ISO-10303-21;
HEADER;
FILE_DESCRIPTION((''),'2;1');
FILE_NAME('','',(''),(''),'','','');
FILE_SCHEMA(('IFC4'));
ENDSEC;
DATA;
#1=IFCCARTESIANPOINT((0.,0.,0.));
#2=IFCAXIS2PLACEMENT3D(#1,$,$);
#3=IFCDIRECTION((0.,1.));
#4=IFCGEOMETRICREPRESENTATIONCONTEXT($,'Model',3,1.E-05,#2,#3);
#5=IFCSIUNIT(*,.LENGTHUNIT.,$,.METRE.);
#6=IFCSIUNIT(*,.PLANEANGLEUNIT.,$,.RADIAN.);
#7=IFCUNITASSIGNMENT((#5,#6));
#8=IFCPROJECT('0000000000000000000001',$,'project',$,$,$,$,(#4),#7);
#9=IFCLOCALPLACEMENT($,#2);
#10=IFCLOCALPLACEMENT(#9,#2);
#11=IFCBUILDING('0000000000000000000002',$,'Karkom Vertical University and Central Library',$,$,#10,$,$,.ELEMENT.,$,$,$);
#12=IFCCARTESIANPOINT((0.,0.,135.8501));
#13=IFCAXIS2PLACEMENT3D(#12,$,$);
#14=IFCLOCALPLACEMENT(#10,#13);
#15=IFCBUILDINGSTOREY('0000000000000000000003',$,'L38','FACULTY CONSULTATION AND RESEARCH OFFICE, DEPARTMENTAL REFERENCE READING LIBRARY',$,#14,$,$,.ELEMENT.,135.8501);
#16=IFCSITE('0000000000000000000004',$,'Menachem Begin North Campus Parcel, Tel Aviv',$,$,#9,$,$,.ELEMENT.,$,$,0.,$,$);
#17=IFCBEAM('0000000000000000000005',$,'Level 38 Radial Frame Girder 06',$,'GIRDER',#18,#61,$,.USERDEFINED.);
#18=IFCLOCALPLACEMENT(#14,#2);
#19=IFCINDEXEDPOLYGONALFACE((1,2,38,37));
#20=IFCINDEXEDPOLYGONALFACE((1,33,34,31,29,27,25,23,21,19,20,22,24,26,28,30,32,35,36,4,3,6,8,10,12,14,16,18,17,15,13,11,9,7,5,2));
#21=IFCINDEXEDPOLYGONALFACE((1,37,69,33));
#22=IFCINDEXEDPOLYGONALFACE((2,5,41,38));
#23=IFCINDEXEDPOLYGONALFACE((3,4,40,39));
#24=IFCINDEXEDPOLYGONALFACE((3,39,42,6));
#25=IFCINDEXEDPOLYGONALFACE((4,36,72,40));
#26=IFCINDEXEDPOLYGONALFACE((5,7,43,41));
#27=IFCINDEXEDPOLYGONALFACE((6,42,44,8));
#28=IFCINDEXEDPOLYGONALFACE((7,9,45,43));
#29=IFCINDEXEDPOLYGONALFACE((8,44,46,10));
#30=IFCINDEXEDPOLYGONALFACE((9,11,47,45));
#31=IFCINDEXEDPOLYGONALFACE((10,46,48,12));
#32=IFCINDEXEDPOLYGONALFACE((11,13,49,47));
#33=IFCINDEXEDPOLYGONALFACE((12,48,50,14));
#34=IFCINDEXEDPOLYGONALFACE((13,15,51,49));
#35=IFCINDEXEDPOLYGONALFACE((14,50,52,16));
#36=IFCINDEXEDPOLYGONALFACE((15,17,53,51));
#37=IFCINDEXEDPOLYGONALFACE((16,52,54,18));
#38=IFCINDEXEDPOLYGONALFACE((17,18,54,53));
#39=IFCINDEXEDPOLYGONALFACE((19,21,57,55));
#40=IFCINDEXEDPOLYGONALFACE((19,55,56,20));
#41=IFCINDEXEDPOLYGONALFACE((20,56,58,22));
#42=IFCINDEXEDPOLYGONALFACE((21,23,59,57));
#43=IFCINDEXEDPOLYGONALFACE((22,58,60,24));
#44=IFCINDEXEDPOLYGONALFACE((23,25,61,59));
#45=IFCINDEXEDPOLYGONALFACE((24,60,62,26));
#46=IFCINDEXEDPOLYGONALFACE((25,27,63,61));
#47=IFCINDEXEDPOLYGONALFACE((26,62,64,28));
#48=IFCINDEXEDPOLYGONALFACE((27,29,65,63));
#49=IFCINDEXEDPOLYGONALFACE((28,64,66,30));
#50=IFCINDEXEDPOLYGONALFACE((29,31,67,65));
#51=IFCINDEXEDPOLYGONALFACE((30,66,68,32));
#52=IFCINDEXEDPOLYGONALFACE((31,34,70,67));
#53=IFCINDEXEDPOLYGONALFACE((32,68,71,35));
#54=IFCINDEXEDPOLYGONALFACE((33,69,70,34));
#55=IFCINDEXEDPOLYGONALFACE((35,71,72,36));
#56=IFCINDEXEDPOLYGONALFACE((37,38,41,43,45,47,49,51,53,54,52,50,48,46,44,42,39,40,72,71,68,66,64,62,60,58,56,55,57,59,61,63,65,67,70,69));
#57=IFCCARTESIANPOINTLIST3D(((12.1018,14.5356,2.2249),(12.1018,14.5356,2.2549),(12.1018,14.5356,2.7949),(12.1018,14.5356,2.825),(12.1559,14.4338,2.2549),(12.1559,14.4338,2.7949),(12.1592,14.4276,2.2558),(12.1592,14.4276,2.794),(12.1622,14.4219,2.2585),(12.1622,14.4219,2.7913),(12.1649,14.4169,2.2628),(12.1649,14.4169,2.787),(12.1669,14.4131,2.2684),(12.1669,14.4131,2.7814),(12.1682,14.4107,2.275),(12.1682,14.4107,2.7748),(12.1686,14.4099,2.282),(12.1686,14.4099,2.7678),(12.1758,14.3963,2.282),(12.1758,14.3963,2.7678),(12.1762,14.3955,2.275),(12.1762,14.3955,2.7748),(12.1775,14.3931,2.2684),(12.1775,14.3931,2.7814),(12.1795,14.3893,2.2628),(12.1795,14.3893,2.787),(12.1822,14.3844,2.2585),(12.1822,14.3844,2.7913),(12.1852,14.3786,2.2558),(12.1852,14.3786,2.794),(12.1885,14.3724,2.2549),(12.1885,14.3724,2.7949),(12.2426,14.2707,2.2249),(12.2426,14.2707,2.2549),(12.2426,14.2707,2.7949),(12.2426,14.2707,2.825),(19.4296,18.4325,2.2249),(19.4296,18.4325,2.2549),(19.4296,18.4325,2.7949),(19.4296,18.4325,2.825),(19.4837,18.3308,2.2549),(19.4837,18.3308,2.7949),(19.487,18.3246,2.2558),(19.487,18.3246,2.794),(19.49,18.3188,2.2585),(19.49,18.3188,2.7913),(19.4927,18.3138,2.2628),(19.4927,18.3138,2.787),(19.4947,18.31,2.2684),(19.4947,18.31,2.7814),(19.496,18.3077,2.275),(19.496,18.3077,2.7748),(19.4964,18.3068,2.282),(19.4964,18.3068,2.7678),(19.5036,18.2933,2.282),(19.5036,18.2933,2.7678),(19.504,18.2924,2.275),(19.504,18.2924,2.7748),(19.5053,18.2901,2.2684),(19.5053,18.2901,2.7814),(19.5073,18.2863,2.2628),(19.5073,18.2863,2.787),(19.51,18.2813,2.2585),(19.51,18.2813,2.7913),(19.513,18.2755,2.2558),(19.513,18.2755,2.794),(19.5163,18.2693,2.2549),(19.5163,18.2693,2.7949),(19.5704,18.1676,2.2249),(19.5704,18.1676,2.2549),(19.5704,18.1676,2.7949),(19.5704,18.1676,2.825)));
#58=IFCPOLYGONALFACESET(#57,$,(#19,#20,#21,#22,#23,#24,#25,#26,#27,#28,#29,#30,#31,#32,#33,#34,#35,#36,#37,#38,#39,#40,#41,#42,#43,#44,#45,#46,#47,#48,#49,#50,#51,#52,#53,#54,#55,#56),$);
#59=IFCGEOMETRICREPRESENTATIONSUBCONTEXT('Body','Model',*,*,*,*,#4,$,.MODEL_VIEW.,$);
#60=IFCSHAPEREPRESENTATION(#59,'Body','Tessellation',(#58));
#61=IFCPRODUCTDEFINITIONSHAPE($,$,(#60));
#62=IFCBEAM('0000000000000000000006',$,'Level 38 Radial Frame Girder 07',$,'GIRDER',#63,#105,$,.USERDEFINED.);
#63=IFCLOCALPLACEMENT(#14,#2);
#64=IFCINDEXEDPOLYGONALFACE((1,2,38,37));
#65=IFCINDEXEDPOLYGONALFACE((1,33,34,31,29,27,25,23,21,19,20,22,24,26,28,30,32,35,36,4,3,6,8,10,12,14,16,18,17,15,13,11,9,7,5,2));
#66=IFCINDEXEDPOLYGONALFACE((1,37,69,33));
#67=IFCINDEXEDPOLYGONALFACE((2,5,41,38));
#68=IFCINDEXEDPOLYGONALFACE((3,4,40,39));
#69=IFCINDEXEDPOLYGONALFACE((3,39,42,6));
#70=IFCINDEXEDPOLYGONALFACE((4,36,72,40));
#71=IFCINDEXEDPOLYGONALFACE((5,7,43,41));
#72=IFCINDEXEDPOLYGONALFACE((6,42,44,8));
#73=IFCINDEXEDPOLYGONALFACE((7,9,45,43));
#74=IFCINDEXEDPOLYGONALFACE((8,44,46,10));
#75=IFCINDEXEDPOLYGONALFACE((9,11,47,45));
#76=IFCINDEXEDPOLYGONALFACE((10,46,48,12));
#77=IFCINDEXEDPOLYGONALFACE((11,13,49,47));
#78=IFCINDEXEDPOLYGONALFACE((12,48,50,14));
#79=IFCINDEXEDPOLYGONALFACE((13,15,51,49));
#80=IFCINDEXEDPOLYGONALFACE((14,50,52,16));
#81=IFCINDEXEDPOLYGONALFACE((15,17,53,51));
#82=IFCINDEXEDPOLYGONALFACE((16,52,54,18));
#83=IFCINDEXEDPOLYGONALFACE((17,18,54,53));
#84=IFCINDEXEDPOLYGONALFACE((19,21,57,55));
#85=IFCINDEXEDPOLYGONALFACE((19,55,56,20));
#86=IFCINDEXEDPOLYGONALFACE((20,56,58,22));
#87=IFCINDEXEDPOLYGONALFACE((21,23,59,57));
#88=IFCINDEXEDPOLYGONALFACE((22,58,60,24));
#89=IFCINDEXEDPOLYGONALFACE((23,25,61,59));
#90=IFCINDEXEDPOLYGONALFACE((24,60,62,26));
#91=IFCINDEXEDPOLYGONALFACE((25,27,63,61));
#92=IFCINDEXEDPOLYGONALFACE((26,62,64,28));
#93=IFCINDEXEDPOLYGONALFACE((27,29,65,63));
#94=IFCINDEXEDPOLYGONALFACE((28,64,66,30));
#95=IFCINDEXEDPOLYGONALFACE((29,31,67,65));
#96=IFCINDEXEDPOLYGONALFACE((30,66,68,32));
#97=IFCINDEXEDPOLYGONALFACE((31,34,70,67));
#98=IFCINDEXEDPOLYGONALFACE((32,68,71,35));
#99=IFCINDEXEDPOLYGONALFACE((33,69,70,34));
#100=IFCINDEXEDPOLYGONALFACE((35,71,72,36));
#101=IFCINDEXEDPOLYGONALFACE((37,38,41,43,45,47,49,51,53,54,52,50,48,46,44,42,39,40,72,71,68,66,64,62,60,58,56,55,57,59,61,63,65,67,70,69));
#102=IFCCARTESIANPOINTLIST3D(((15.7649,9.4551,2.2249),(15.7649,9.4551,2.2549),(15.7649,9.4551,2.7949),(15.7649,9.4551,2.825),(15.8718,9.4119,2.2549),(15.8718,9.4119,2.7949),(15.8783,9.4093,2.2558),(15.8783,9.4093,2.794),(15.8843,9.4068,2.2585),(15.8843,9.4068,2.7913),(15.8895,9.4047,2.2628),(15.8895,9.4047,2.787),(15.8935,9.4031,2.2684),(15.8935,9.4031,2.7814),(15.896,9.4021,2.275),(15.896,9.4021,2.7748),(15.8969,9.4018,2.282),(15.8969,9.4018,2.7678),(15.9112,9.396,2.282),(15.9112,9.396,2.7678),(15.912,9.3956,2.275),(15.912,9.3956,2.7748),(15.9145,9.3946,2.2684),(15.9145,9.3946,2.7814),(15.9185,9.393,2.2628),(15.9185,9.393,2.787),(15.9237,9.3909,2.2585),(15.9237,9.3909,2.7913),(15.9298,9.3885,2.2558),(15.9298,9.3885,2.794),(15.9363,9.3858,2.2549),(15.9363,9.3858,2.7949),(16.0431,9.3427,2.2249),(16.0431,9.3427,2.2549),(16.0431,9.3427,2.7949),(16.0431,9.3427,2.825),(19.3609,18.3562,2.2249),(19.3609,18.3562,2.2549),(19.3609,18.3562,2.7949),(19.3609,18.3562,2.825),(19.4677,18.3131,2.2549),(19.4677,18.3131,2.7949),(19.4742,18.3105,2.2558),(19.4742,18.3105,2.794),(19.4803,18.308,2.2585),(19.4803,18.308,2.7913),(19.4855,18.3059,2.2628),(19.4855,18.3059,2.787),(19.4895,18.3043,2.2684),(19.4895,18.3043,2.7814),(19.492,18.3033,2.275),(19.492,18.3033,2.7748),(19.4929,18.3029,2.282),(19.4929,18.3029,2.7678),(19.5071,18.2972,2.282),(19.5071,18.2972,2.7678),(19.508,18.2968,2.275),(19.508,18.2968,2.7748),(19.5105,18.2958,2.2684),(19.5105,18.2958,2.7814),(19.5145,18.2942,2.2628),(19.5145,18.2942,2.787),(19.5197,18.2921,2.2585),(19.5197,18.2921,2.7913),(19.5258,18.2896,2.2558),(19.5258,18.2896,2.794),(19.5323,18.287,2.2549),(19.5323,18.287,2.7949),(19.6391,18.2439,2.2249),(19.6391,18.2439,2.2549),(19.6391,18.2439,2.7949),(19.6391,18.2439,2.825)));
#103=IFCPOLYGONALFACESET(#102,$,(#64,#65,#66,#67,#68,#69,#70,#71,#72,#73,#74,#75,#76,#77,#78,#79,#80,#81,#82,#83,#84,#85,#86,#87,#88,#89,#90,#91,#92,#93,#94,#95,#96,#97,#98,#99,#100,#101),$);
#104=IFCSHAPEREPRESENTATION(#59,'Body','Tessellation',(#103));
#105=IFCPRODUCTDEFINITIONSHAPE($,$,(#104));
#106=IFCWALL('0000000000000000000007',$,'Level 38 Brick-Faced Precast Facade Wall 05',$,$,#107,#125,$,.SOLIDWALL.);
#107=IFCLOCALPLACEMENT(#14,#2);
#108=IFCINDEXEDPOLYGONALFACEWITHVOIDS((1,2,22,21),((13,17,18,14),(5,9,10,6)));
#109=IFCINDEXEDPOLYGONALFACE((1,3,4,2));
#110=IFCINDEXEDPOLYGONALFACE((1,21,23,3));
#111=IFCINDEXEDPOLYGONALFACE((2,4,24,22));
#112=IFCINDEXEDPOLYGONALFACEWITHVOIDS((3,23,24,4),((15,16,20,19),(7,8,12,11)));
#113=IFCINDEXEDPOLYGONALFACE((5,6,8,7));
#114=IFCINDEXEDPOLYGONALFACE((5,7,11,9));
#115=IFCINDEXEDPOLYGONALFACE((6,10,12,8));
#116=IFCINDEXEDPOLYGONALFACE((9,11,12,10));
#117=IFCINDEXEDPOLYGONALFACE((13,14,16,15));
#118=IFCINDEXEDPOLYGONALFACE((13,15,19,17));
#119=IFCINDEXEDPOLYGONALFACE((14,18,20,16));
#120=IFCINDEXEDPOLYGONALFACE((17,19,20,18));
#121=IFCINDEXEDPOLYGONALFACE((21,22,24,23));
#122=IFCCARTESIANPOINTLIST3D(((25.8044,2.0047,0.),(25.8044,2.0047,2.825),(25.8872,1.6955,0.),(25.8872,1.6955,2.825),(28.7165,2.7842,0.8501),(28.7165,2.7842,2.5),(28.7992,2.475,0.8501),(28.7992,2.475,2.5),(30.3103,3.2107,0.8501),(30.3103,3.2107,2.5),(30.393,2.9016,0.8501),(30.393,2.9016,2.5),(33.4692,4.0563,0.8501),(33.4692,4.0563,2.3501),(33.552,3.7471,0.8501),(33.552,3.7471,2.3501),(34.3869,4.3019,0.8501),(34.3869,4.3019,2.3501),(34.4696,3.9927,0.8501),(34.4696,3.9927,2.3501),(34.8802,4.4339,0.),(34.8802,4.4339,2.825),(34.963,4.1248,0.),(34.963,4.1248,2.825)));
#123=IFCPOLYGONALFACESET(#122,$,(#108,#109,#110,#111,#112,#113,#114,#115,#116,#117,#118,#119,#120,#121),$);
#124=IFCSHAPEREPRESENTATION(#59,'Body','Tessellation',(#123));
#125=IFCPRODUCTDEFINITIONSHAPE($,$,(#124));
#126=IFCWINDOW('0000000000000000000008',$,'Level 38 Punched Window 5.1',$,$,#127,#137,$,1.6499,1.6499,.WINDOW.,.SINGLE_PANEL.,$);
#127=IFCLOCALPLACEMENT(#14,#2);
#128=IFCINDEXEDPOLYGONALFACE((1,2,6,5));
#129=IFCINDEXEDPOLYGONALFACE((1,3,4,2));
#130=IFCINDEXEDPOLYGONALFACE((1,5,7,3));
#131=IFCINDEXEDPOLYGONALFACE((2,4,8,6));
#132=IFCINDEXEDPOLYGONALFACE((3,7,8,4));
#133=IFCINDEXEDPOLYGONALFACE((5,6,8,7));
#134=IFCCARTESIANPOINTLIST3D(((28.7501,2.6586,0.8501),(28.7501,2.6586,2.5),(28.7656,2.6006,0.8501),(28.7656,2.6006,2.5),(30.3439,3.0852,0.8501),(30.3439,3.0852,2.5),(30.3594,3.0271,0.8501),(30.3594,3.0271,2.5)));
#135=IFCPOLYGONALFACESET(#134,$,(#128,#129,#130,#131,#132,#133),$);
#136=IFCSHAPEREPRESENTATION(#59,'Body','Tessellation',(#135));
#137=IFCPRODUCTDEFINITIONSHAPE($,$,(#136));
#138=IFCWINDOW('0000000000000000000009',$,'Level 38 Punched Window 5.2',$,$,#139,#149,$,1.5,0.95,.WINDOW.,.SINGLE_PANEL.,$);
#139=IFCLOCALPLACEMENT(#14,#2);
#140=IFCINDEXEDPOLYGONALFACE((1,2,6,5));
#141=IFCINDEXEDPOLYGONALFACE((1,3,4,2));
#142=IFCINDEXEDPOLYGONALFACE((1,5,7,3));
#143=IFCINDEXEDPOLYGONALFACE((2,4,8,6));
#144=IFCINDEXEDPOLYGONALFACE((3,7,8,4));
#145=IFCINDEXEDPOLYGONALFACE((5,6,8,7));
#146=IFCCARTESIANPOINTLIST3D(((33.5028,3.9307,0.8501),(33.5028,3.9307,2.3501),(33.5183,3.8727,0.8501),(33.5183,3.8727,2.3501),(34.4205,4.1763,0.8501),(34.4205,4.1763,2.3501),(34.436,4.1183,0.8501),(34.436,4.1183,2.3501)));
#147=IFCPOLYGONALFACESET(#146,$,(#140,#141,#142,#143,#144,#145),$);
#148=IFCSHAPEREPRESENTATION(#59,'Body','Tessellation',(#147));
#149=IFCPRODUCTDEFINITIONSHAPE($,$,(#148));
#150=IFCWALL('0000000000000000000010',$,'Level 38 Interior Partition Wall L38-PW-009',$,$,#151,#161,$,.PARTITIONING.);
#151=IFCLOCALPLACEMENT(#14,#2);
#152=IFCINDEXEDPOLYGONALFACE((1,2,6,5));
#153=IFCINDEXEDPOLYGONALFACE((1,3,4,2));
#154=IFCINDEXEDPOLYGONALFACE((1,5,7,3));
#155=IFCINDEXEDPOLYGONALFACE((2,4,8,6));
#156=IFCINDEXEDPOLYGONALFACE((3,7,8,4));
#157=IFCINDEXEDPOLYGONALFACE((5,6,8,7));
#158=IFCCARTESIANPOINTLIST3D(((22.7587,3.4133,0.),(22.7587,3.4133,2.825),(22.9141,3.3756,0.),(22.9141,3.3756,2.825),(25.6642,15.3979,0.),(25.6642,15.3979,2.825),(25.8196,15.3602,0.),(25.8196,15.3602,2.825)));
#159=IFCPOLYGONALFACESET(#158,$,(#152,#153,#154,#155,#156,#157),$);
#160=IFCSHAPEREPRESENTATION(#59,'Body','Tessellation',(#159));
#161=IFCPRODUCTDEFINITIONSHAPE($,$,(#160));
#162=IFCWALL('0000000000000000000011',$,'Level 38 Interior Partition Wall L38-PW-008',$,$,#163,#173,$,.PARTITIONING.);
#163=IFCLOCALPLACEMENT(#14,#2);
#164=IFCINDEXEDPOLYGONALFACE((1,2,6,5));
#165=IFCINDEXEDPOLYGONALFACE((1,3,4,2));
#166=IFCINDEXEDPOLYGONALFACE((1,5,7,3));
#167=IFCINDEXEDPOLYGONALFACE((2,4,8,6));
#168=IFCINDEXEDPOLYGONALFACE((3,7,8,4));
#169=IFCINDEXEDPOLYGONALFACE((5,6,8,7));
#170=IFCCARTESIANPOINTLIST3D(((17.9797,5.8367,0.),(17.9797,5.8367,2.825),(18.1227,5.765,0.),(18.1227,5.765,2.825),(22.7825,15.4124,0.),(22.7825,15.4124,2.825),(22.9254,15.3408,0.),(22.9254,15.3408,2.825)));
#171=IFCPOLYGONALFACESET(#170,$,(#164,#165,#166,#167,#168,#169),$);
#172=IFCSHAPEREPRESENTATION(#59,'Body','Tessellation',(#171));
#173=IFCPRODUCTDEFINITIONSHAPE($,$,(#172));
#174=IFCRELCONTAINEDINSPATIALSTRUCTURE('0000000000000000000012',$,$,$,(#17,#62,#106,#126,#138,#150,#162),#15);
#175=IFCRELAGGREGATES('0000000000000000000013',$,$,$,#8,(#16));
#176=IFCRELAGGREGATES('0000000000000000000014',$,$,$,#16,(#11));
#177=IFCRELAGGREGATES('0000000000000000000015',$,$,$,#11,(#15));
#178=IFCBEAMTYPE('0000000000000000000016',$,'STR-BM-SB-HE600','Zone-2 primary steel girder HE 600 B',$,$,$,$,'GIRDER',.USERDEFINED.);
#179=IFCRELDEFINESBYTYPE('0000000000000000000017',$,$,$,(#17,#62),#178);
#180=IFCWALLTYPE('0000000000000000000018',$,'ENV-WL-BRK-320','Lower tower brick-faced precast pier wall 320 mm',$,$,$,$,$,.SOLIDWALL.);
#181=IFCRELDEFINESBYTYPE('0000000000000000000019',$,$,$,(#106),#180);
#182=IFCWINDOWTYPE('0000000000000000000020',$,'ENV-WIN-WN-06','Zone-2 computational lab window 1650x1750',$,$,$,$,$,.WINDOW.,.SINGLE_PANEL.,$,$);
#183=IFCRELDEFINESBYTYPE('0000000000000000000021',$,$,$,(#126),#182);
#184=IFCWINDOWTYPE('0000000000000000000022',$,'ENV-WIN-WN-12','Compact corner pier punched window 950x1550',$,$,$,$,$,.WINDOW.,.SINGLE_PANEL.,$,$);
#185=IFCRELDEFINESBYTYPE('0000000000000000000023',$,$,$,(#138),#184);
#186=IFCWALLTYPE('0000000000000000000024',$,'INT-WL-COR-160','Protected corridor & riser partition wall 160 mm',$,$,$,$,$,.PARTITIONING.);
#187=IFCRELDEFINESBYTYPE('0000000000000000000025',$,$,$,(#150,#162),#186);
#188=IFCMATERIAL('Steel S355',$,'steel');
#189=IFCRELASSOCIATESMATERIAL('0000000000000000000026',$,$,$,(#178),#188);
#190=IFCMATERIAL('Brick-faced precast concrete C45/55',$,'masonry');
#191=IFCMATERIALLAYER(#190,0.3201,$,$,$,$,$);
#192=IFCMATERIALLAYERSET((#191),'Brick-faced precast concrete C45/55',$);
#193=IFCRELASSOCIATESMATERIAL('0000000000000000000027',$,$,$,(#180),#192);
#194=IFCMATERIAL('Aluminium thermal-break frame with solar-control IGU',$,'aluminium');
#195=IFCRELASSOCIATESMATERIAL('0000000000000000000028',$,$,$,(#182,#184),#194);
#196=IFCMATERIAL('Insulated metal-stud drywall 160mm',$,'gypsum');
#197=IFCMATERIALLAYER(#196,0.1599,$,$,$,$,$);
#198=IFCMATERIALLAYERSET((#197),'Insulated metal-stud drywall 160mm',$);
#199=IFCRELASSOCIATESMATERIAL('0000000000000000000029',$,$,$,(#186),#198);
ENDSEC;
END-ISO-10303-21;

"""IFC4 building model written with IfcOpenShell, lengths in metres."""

from ifc_helpers import new_model, si_unit, direction, frame, frame_2d, origin, origin_with_axes, origin_2d, place, context, subcontext, project, spatial, rectangle, i_section, extrude, source, transform, mapped, material, layer, layer_set, material_profile, profile_set, type_object, element, fill, save


model = new_model("IFC4")

# Units and contexts
model_context = context("Model", 3, precision=1e-05, world=origin(), true_north=direction((0.0, 1.0)))
body_context = subcontext(model_context, "Body", "Model", "MODEL_VIEW")
ifc_project = project(units=[si_unit("LENGTHUNIT", "METRE"), si_unit("PLANEANGLEUNIT", "RADIAN")], contexts=[model_context])

# Site, building, storey
site_placement = place(None, origin())
site = spatial("IfcSite", under=ifc_project, at=site_placement, Name="Menachem Begin North Campus Parcel, Tel Aviv", CompositionType="ELEMENT", RefElevation=0.0)
building_placement = place(site_placement, origin())
building = spatial("IfcBuilding", under=site, at=building_placement, Name="Karkom Vertical University and Central Library", CompositionType="ELEMENT")
storey_placement = place(building_placement, frame((0.0, 0.0, 135.8501)))
storey = spatial("IfcBuildingStorey", under=building, at=storey_placement, Name="L38", Description="FACULTY CONSULTATION AND RESEARCH OFFICE, DEPARTMENTAL REFERENCE READING LIBRARY", CompositionType="ELEMENT", Elevation=135.8501)

# Beams
ifc_material_1 = material(Name="Steel S355", Category="steel")
ifc_material_profile_1 = material_profile(ifc_material_1, i_section(OverallWidth=0.3, OverallDepth=0.6001, WebThickness=0.0154, FlangeThickness=0.03, FilletRadius=0.0271, at=origin_2d()), Name="HE 600 B")
ifc_profile_set_1 = profile_set([ifc_material_profile_1], Name="Steel S355")
beam_type_1 = type_object("IfcBeamType", Name="STR-BM-SB-HE600", Description="Zone-2 primary steel girder HE 600 B", ElementType="GIRDER", PredefinedType="USERDEFINED", material=ifc_profile_set_1)
shared_shape_1 = source(origin_with_axes(), body_context, "Body", "SweptSolid", [
    extrude(i_section(OverallWidth=0.3, OverallDepth=0.6001, WebThickness=0.0154, FlangeThickness=0.03, FilletRadius=0.0271, at=origin_2d()), origin(), (0.0, 0.0, 1.0), 8.2996),
])
beam_1_placement = place(storey_placement, frame((19.5, 18.3, 2.5249), z_axis=(-0.882914, -0.469534, 0.0), x_axis=(0.469534, -0.882914, 0.0)))
element("IfcBeam", 1, at=beam_1_placement, inside=storey, type_object=beam_type_1, Name="Level 38 Radial Frame Girder 06", ObjectType="GIRDER", PredefinedType="USERDEFINED", context=body_context, shape_type="MappedRepresentation", body=[
    mapped(shared_shape_1, transform((0.0, 0.0, 0.0), scale=1.0)),
])
shared_shape_2 = source(origin_with_axes(), body_context, "Body", "SweptSolid", [
    extrude(i_section(OverallWidth=0.3, OverallDepth=0.6001, WebThickness=0.0154, FlangeThickness=0.03, FilletRadius=0.0271, at=origin_2d()), origin(), (0.0, 0.0, 1.0), 9.6001),
])
beam_2_placement = place(storey_placement, frame((19.5, 18.3, 2.5249), z_axis=(-0.374576, -0.927196, 0.0), x_axis=(0.927196, -0.374576, 0.0)))
element("IfcBeam", 2, at=beam_2_placement, inside=storey, type_object=beam_type_1, Name="Level 38 Radial Frame Girder 07", ObjectType="GIRDER", PredefinedType="USERDEFINED", context=body_context, shape_type="MappedRepresentation", body=[
    mapped(shared_shape_2, transform((0.0, 0.0, 0.0), scale=1.0)),
])

# Wall, openings, windows
ifc_material_2 = material(Name="Brick-faced precast concrete C45/55", Category="masonry")
ifc_layer_1 = layer(ifc_material_2, 0.3201)
ifc_layer_set_1 = layer_set([ifc_layer_1], Name="Brick-faced precast concrete C45/55")
wall_type_1 = type_object("IfcWallType", Name="ENV-WL-BRK-320", Description="Lower tower brick-faced precast pier wall 320 mm", PredefinedType="SOLIDWALL", material=ifc_layer_set_1)
wall_1_placement = place(storey_placement, frame((25.8457, 1.8501, 0.0), z_axis=(0.0, 0.0, 1.0), x_axis=(0.965996, 0.258559, 0.0)))
wall_1 = element("IfcWall", 3, at=wall_1_placement, inside=storey, type_object=wall_type_1, Name="Level 38 Brick-Faced Precast Facade Wall 05", PredefinedType="SOLIDWALL", context=body_context, shape_type="SweptSolid", body=[
    extrude(rectangle(XDim=9.3953, YDim=0.3201, at=frame_2d((4.6978, 0.0))), origin(), (0.0, 0.0, 1.0), 2.825),
])
opening_1_placement = place(wall_1_placement, frame((3.0146, 0.0, 0.8501)))
opening_1 = element("IfcOpeningElement", 4, at=opening_1_placement, cuts=wall_1, PredefinedType="OPENING", context=body_context, shape_type="SweptSolid", body=[
    extrude(rectangle(XDim=1.6499, YDim=1.6499, at=frame_2d((0.825, 0.825))), frame((0.0, 0.1699, 0.0), z_axis=(0.0, -1.0, 0.0), x_axis=(1.0, 0.0, 0.0)), (0.0, 0.0, 1.0), 0.3401),
])
opening_2_placement = place(wall_1_placement, frame((7.9346, 0.0, 0.8501)))
opening_2 = element("IfcOpeningElement", 5, at=opening_2_placement, cuts=wall_1, PredefinedType="OPENING", context=body_context, shape_type="SweptSolid", body=[
    extrude(rectangle(XDim=0.95, YDim=1.5, at=frame_2d((0.4751, 0.75))), frame((0.0, 0.1699, 0.0), z_axis=(0.0, -1.0, 0.0), x_axis=(1.0, 0.0, 0.0)), (0.0, 0.0, 1.0), 0.3401),
])
ifc_material_3 = material(Name="Aluminium thermal-break frame with solar-control IGU", Category="aluminium")
window_type_1 = type_object("IfcWindowType", Name="ENV-WIN-WN-06", Description="Zone-2 computational lab window 1650x1750", PartitioningType="SINGLE_PANEL", PredefinedType="WINDOW", material=ifc_material_3)
shared_shape_3 = source(origin_with_axes(), body_context, "Body", "SweptSolid", [
    extrude(rectangle(XDim=1.6499, YDim=1.6499, at=frame_2d((0.825, 0.825))), frame((0.0, 0.03, 0.0), z_axis=(0.0, -1.0, 0.0), x_axis=(1.0, 0.0, 0.0)), (0.0, 0.0, 1.0), 0.0601),
])
window_1_placement = place(opening_1_placement, origin())
window_1 = element("IfcWindow", 6, at=window_1_placement, inside=storey, type_object=window_type_1, Name="Level 38 Punched Window 5.1", OverallHeight=1.6499, OverallWidth=1.6499, PartitioningType="SINGLE_PANEL", PredefinedType="WINDOW", context=body_context, shape_type="MappedRepresentation", body=[
    mapped(shared_shape_3, transform((0.0, 0.0, 0.0), scale=1.0)),
])
fill(opening_1, window_1)
window_type_2 = type_object("IfcWindowType", Name="ENV-WIN-WN-12", Description="Compact corner pier punched window 950x1550", PartitioningType="SINGLE_PANEL", PredefinedType="WINDOW", material=ifc_material_3)
shared_shape_4 = source(origin_with_axes(), body_context, "Body", "SweptSolid", [
    extrude(rectangle(XDim=0.95, YDim=1.5, at=frame_2d((0.4751, 0.75))), frame((0.0, 0.03, 0.0), z_axis=(0.0, -1.0, 0.0), x_axis=(1.0, 0.0, 0.0)), (0.0, 0.0, 1.0), 0.0601),
])
window_2_placement = place(opening_2_placement, origin())
window_2 = element("IfcWindow", 7, at=window_2_placement, inside=storey, type_object=window_type_2, Name="Level 38 Punched Window 5.2", OverallHeight=1.5, OverallWidth=0.95, PartitioningType="SINGLE_PANEL", PredefinedType="WINDOW", context=body_context, shape_type="MappedRepresentation", body=[
    mapped(shared_shape_4, transform((0.0, 0.0, 0.0), scale=1.0)),
])
fill(opening_2, window_2)

# Walls
ifc_material_4 = material(Name="Insulated metal-stud drywall 160mm", Category="gypsum")
ifc_layer_2 = layer(ifc_material_4, 0.1599)
ifc_layer_set_2 = layer_set([ifc_layer_2], Name="Insulated metal-stud drywall 160mm")
wall_type_2 = type_object("IfcWallType", Name="INT-WL-COR-160", Description="Protected corridor & riser partition wall 160 mm", PredefinedType="PARTITIONING", material=ifc_layer_set_2)
wall_2_placement = place(storey_placement, frame((25.7419, 15.3792, 0.0), z_axis=(0.0, 0.0, 1.0), x_axis=(-0.235612, -0.971847, 0.0)))
element("IfcWall", 8, at=wall_2_placement, inside=storey, type_object=wall_type_2, Name="Level 38 Interior Partition Wall L38-PW-009", PredefinedType="PARTITIONING", context=body_context, shape_type="SweptSolid", body=[
    extrude(rectangle(XDim=12.3318, YDim=0.1599, at=frame_2d((6.166, 0.0))), origin(), (0.0, 0.0, 1.0), 2.825),
])
wall_3_placement = place(storey_placement, frame((22.854, 15.3767, 0.0), z_axis=(0.0, 0.0, 1.0), x_axis=(-0.448325, -0.89387, 0.0)))
element("IfcWall", 9, at=wall_3_placement, inside=storey, type_object=wall_type_2, Name="Level 38 Interior Partition Wall L38-PW-008", PredefinedType="PARTITIONING", context=body_context, shape_type="SweptSolid", body=[
    extrude(rectangle(XDim=10.7126, YDim=0.1599, at=frame_2d((5.3564, 0.0))), origin(), (0.0, 0.0, 1.0), 2.825),
])

save(model, "model.ifc")
